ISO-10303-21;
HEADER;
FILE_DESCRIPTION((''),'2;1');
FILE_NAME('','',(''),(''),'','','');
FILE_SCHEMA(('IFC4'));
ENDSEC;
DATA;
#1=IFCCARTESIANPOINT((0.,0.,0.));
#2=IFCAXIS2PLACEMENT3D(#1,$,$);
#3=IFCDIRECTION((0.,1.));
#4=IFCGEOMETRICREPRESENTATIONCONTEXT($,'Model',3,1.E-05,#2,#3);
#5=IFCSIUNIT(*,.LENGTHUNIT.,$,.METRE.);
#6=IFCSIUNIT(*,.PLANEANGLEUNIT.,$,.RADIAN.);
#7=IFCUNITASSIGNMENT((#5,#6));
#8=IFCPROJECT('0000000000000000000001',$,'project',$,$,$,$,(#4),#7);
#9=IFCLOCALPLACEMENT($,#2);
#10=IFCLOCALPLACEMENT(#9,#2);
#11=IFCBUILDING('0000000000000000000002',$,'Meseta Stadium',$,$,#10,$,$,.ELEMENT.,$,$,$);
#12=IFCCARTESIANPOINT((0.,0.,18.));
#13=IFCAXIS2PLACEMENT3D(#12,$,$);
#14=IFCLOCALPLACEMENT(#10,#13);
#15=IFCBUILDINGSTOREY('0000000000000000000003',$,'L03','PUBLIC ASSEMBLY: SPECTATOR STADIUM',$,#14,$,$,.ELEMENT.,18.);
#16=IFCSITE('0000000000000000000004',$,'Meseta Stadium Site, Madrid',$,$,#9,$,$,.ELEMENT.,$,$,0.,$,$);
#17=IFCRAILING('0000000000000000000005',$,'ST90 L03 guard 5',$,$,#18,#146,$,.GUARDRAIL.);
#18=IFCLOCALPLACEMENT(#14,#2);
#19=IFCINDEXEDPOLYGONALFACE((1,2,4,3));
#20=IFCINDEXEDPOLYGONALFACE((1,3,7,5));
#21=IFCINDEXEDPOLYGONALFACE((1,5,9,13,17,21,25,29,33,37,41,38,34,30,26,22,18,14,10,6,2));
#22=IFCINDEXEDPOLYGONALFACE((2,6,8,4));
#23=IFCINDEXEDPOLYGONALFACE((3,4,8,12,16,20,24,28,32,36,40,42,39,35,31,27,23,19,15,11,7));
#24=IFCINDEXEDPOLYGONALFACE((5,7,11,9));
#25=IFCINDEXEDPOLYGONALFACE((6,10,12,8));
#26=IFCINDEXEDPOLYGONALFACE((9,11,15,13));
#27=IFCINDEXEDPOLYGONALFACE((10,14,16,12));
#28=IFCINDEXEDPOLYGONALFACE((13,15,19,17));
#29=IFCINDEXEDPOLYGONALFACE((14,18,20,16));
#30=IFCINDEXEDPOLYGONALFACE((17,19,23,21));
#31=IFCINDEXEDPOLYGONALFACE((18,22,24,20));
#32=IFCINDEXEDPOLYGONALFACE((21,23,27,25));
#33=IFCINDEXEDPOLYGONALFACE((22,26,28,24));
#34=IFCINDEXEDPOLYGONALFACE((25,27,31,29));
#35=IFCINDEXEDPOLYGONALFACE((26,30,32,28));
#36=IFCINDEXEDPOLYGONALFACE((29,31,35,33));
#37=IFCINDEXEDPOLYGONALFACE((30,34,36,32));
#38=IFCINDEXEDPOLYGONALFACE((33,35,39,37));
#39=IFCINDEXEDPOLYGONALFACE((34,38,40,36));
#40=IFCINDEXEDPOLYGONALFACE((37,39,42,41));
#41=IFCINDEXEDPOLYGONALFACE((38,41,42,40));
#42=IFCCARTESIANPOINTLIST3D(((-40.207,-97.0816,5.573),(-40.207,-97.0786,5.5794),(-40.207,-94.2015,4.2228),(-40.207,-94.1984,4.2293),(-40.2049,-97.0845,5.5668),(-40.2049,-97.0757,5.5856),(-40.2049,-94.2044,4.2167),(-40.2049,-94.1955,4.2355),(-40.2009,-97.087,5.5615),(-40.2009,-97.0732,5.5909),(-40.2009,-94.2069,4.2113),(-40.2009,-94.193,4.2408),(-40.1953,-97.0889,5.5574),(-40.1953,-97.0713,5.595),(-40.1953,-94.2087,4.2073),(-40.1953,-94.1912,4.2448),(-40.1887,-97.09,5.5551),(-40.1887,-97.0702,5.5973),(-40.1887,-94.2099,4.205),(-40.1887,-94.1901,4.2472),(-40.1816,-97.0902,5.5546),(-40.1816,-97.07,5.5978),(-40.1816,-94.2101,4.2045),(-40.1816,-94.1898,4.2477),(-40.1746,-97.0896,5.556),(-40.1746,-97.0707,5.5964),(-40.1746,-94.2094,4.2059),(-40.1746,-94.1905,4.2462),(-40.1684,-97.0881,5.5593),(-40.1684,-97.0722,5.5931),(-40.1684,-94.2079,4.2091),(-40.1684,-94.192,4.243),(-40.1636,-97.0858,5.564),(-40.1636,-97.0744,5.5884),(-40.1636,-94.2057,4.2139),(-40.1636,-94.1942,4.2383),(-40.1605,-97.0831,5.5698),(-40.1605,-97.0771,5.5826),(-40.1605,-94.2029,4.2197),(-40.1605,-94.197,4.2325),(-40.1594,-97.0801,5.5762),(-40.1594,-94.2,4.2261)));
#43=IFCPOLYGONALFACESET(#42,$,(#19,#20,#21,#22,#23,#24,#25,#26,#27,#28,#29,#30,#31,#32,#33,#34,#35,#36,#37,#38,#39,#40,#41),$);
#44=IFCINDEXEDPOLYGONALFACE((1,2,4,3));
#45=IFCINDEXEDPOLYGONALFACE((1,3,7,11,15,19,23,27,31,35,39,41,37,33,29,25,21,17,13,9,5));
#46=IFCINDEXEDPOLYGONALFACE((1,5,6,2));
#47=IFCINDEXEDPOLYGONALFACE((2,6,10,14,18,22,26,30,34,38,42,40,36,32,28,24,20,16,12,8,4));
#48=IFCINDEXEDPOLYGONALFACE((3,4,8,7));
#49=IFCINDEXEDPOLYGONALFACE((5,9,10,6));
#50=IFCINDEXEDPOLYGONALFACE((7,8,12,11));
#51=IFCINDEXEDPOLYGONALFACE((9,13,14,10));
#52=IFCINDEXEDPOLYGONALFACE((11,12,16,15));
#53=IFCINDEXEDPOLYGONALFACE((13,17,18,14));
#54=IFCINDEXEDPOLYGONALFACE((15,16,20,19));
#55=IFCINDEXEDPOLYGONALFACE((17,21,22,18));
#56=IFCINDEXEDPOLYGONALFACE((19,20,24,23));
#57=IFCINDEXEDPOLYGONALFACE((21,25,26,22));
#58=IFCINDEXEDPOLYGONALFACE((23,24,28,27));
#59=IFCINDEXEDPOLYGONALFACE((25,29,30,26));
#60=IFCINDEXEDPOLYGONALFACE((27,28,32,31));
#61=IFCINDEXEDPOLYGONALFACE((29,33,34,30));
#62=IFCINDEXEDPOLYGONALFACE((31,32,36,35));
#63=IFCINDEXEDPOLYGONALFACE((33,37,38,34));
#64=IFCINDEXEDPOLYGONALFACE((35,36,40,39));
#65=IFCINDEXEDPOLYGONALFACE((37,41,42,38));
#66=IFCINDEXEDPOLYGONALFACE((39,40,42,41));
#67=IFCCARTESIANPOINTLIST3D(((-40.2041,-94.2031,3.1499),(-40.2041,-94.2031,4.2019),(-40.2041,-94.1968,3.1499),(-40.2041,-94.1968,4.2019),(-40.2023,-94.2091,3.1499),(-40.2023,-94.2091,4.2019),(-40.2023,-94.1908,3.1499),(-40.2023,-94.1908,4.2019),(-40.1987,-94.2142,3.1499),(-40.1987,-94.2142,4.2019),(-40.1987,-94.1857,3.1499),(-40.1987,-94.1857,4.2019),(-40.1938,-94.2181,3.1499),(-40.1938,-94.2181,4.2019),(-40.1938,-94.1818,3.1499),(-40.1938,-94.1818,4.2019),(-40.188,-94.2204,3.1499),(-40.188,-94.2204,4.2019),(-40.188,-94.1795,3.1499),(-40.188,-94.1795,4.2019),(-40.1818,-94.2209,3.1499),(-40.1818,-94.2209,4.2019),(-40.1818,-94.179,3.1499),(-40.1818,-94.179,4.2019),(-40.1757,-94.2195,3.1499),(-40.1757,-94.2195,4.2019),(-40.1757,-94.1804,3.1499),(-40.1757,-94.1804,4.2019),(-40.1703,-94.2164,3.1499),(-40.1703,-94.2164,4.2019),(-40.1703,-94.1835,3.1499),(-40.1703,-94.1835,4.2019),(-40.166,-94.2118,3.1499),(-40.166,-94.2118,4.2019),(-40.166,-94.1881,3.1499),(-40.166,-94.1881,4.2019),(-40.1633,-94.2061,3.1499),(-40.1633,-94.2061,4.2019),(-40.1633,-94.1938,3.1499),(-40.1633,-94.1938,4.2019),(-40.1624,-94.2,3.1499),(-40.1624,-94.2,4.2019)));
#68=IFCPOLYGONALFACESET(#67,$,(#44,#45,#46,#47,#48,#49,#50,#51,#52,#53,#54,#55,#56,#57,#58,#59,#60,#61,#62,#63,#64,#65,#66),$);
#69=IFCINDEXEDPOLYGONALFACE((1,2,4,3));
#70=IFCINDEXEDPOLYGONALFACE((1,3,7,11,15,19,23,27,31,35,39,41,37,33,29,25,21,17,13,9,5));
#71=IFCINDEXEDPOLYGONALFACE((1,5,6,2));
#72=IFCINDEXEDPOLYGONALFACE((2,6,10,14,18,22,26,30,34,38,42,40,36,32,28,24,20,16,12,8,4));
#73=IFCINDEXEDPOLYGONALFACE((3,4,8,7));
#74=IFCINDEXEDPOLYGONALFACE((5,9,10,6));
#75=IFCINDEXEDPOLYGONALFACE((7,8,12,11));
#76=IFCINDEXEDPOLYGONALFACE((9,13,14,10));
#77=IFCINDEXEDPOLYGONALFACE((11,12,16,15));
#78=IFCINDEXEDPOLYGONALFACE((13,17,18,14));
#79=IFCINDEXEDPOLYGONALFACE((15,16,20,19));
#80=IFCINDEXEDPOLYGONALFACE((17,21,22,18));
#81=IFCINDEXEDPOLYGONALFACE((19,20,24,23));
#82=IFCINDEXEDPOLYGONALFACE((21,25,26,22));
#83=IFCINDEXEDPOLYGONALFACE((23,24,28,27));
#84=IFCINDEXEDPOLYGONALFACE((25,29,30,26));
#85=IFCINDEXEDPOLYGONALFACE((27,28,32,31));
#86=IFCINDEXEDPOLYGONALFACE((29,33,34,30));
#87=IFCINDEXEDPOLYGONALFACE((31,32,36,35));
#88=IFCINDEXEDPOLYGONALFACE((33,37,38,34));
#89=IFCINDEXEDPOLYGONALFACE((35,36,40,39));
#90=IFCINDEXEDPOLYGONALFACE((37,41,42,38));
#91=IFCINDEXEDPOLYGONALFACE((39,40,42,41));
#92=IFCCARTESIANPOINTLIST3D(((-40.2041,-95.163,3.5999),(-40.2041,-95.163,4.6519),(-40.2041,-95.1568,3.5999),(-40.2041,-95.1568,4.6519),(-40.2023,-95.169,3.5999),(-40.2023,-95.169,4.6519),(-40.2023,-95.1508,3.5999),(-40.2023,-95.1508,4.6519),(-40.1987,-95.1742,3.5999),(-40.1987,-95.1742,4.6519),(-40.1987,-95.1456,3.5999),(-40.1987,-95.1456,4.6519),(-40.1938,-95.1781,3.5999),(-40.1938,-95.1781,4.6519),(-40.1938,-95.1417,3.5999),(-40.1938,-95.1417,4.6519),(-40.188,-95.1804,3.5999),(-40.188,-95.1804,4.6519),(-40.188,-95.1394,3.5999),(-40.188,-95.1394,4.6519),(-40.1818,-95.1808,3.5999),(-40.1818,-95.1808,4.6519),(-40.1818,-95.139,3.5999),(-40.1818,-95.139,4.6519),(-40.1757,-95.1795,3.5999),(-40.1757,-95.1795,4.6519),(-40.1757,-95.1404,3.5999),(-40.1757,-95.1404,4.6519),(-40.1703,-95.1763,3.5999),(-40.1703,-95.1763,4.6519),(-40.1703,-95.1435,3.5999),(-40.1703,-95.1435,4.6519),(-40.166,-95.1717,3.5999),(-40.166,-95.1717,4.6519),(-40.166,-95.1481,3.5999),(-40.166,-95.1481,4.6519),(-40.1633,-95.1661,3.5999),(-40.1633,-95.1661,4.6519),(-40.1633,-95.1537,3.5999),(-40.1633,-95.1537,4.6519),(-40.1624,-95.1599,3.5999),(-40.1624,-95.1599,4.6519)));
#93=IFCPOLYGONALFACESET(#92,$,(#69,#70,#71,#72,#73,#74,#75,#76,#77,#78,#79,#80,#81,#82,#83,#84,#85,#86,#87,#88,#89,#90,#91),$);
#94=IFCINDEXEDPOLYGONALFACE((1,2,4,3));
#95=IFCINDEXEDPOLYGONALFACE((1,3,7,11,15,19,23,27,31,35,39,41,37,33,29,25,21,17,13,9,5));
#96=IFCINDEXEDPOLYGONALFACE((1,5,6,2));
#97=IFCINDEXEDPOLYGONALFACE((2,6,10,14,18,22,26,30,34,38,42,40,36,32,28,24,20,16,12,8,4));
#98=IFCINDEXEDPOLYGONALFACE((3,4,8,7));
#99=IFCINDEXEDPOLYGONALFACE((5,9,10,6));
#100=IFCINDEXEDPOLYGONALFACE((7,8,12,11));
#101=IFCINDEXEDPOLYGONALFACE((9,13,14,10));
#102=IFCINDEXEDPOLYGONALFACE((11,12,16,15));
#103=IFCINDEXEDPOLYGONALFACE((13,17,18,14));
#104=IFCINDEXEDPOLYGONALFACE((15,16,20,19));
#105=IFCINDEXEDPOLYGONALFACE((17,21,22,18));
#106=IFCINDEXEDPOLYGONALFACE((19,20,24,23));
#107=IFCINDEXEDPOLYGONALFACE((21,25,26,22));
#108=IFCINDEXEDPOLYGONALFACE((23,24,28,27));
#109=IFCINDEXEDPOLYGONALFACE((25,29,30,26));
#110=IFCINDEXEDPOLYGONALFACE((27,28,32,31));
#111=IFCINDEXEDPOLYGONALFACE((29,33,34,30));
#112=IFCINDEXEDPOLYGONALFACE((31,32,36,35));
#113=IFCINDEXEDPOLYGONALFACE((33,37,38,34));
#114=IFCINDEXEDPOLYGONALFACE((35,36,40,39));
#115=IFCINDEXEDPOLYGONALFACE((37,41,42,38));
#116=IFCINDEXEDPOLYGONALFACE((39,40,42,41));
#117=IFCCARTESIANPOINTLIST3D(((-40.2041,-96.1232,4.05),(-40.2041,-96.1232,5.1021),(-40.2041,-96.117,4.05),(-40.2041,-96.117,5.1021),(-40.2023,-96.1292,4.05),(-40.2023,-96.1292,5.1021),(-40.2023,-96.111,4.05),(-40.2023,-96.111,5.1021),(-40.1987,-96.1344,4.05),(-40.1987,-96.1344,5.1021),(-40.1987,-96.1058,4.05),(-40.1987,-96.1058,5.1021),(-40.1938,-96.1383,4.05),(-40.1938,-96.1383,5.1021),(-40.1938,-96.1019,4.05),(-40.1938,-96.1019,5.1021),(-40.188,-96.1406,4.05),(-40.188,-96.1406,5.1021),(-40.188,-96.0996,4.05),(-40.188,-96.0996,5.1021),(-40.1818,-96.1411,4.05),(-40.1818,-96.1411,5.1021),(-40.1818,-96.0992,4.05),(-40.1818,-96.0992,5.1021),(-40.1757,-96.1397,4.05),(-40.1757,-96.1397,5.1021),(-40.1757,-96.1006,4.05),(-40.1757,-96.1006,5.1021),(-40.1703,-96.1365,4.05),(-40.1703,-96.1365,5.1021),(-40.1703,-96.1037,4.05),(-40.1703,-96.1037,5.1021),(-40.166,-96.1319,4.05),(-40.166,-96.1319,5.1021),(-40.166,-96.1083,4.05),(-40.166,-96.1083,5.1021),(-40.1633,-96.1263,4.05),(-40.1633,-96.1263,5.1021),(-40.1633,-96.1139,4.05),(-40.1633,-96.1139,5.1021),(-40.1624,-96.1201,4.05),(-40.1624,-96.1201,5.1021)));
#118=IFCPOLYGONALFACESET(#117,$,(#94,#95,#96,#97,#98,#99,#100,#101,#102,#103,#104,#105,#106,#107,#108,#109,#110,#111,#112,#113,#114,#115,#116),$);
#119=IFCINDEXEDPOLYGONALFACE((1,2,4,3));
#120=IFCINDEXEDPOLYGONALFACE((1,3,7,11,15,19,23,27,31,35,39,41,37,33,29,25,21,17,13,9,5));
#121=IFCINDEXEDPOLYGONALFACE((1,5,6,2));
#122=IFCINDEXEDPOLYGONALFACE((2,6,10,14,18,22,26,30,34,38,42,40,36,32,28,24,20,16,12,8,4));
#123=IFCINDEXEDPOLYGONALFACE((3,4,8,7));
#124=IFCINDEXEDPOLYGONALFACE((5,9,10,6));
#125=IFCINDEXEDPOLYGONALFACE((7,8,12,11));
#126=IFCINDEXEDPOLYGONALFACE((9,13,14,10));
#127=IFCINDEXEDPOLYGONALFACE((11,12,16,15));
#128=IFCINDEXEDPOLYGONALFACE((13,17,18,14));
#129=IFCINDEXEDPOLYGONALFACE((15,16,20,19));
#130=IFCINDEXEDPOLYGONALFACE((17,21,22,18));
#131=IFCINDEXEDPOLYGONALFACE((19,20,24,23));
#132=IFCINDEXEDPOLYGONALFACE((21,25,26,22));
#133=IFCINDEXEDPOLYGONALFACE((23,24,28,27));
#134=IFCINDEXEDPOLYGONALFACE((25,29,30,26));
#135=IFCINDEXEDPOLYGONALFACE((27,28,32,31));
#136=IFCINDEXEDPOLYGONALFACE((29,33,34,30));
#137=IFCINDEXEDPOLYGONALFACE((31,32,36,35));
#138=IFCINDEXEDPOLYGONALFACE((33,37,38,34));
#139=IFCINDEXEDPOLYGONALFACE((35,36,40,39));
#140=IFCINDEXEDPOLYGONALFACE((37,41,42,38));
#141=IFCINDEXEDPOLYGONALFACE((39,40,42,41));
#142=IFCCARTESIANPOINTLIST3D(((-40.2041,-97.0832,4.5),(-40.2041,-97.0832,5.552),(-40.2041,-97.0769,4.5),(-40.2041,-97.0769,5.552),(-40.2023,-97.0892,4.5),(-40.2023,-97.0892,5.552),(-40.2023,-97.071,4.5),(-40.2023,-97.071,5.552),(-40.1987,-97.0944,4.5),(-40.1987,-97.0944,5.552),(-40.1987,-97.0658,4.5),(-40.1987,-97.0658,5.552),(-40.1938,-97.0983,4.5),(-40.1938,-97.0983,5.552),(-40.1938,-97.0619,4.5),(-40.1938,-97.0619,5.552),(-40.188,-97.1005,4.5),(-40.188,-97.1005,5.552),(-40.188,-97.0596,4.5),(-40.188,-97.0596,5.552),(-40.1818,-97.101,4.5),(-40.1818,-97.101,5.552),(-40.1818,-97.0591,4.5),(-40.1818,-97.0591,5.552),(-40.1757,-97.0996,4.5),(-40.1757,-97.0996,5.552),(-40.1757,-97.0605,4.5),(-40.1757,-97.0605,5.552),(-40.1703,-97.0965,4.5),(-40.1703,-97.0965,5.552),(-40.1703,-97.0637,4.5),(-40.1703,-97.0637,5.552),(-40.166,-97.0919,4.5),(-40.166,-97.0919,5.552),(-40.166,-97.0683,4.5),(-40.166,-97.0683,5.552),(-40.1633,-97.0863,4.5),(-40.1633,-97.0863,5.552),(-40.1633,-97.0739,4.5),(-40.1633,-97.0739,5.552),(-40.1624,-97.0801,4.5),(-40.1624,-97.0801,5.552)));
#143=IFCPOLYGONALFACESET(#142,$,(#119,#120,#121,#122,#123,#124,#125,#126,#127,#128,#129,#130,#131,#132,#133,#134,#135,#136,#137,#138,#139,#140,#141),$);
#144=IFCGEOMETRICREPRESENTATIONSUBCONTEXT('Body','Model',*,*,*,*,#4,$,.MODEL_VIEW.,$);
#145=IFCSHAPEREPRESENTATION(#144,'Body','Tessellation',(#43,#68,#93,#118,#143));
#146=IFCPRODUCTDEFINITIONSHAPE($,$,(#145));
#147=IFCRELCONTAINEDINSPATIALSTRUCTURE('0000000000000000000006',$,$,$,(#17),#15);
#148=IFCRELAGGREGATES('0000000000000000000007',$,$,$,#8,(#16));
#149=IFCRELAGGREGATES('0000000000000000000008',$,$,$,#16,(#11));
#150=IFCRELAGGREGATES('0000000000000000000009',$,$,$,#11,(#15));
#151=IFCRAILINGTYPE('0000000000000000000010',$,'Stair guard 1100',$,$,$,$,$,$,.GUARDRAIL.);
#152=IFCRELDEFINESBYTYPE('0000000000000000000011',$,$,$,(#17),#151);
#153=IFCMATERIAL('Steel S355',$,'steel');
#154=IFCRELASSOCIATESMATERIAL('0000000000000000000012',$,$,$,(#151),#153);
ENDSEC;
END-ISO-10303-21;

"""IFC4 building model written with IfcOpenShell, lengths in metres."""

from ifc_helpers import new_model, si_unit, direction, frame, origin, origin_2d, place, context, subcontext, project, spatial, circle, extrude, material, type_object, element, save


model = new_model("IFC4")

# Units and contexts
model_context = context("Model", 3, precision=1e-05, world=origin(), true_north=direction((0.0, 1.0)))
body_context = subcontext(model_context, "Body", "Model", "MODEL_VIEW")
ifc_project = project(units=[si_unit("LENGTHUNIT", "METRE"), si_unit("PLANEANGLEUNIT", "RADIAN")], contexts=[model_context])

# Site, building, storey
site_placement = place(None, origin())
site = spatial("IfcSite", under=ifc_project, at=site_placement, Name="Meseta Stadium Site, Madrid", CompositionType="ELEMENT", RefElevation=0.0)
building_placement = place(site_placement, origin())
building = spatial("IfcBuilding", under=site, at=building_placement, Name="Meseta Stadium", CompositionType="ELEMENT")
storey_placement = place(building_placement, frame((0.0, 0.0, 18.0)))
storey = spatial("IfcBuildingStorey", under=building, at=storey_placement, Name="L03", Description="PUBLIC ASSEMBLY: SPECTATOR STADIUM", CompositionType="ELEMENT", Elevation=18.0)

# Railing
ifc_material_1 = material(Name="Steel S355", Category="steel")
railing_type_1 = type_object("IfcRailingType", Name="Stair guard 1100", PredefinedType="GUARDRAIL", material=ifc_material_1)
for number, where, name in (
    (1, (-40.1833, -94.2, 3.1499), "ST90 L03 guard 5"),
):
    element("IfcRailing", number, at=place(storey_placement, frame(where)), inside=storey, type_object=railing_type_1, Name=name, PredefinedType="GUARDRAIL", context=body_context, shape_type="SweptSolid", body=[
        extrude(circle(Radius=0.0239, at=origin_2d()), frame((0.0, 0.0, 1.0762), z_axis=(0.0, -0.905454, 0.424444), x_axis=(1.0, 0.0, 0.0)), (0.0, 0.0, 1.0), 3.1809),
        extrude(circle(Radius=0.021, at=origin_2d()), origin(), (0.0, 0.0, 1.0), 1.052),
        extrude(circle(Radius=0.021, at=origin_2d()), frame((0.0, -0.96, 0.45)), (0.0, 0.0, 1.0), 1.052),
        extrude(circle(Radius=0.021, at=origin_2d()), frame((0.0, -1.9202, 0.9001)), (0.0, 0.0, 1.0), 1.052),
        extrude(circle(Radius=0.021, at=origin_2d()), frame((0.0, -2.8801, 1.3501)), (0.0, 0.0, 1.0), 1.052),
    ])

save(model, "model.ifc")
